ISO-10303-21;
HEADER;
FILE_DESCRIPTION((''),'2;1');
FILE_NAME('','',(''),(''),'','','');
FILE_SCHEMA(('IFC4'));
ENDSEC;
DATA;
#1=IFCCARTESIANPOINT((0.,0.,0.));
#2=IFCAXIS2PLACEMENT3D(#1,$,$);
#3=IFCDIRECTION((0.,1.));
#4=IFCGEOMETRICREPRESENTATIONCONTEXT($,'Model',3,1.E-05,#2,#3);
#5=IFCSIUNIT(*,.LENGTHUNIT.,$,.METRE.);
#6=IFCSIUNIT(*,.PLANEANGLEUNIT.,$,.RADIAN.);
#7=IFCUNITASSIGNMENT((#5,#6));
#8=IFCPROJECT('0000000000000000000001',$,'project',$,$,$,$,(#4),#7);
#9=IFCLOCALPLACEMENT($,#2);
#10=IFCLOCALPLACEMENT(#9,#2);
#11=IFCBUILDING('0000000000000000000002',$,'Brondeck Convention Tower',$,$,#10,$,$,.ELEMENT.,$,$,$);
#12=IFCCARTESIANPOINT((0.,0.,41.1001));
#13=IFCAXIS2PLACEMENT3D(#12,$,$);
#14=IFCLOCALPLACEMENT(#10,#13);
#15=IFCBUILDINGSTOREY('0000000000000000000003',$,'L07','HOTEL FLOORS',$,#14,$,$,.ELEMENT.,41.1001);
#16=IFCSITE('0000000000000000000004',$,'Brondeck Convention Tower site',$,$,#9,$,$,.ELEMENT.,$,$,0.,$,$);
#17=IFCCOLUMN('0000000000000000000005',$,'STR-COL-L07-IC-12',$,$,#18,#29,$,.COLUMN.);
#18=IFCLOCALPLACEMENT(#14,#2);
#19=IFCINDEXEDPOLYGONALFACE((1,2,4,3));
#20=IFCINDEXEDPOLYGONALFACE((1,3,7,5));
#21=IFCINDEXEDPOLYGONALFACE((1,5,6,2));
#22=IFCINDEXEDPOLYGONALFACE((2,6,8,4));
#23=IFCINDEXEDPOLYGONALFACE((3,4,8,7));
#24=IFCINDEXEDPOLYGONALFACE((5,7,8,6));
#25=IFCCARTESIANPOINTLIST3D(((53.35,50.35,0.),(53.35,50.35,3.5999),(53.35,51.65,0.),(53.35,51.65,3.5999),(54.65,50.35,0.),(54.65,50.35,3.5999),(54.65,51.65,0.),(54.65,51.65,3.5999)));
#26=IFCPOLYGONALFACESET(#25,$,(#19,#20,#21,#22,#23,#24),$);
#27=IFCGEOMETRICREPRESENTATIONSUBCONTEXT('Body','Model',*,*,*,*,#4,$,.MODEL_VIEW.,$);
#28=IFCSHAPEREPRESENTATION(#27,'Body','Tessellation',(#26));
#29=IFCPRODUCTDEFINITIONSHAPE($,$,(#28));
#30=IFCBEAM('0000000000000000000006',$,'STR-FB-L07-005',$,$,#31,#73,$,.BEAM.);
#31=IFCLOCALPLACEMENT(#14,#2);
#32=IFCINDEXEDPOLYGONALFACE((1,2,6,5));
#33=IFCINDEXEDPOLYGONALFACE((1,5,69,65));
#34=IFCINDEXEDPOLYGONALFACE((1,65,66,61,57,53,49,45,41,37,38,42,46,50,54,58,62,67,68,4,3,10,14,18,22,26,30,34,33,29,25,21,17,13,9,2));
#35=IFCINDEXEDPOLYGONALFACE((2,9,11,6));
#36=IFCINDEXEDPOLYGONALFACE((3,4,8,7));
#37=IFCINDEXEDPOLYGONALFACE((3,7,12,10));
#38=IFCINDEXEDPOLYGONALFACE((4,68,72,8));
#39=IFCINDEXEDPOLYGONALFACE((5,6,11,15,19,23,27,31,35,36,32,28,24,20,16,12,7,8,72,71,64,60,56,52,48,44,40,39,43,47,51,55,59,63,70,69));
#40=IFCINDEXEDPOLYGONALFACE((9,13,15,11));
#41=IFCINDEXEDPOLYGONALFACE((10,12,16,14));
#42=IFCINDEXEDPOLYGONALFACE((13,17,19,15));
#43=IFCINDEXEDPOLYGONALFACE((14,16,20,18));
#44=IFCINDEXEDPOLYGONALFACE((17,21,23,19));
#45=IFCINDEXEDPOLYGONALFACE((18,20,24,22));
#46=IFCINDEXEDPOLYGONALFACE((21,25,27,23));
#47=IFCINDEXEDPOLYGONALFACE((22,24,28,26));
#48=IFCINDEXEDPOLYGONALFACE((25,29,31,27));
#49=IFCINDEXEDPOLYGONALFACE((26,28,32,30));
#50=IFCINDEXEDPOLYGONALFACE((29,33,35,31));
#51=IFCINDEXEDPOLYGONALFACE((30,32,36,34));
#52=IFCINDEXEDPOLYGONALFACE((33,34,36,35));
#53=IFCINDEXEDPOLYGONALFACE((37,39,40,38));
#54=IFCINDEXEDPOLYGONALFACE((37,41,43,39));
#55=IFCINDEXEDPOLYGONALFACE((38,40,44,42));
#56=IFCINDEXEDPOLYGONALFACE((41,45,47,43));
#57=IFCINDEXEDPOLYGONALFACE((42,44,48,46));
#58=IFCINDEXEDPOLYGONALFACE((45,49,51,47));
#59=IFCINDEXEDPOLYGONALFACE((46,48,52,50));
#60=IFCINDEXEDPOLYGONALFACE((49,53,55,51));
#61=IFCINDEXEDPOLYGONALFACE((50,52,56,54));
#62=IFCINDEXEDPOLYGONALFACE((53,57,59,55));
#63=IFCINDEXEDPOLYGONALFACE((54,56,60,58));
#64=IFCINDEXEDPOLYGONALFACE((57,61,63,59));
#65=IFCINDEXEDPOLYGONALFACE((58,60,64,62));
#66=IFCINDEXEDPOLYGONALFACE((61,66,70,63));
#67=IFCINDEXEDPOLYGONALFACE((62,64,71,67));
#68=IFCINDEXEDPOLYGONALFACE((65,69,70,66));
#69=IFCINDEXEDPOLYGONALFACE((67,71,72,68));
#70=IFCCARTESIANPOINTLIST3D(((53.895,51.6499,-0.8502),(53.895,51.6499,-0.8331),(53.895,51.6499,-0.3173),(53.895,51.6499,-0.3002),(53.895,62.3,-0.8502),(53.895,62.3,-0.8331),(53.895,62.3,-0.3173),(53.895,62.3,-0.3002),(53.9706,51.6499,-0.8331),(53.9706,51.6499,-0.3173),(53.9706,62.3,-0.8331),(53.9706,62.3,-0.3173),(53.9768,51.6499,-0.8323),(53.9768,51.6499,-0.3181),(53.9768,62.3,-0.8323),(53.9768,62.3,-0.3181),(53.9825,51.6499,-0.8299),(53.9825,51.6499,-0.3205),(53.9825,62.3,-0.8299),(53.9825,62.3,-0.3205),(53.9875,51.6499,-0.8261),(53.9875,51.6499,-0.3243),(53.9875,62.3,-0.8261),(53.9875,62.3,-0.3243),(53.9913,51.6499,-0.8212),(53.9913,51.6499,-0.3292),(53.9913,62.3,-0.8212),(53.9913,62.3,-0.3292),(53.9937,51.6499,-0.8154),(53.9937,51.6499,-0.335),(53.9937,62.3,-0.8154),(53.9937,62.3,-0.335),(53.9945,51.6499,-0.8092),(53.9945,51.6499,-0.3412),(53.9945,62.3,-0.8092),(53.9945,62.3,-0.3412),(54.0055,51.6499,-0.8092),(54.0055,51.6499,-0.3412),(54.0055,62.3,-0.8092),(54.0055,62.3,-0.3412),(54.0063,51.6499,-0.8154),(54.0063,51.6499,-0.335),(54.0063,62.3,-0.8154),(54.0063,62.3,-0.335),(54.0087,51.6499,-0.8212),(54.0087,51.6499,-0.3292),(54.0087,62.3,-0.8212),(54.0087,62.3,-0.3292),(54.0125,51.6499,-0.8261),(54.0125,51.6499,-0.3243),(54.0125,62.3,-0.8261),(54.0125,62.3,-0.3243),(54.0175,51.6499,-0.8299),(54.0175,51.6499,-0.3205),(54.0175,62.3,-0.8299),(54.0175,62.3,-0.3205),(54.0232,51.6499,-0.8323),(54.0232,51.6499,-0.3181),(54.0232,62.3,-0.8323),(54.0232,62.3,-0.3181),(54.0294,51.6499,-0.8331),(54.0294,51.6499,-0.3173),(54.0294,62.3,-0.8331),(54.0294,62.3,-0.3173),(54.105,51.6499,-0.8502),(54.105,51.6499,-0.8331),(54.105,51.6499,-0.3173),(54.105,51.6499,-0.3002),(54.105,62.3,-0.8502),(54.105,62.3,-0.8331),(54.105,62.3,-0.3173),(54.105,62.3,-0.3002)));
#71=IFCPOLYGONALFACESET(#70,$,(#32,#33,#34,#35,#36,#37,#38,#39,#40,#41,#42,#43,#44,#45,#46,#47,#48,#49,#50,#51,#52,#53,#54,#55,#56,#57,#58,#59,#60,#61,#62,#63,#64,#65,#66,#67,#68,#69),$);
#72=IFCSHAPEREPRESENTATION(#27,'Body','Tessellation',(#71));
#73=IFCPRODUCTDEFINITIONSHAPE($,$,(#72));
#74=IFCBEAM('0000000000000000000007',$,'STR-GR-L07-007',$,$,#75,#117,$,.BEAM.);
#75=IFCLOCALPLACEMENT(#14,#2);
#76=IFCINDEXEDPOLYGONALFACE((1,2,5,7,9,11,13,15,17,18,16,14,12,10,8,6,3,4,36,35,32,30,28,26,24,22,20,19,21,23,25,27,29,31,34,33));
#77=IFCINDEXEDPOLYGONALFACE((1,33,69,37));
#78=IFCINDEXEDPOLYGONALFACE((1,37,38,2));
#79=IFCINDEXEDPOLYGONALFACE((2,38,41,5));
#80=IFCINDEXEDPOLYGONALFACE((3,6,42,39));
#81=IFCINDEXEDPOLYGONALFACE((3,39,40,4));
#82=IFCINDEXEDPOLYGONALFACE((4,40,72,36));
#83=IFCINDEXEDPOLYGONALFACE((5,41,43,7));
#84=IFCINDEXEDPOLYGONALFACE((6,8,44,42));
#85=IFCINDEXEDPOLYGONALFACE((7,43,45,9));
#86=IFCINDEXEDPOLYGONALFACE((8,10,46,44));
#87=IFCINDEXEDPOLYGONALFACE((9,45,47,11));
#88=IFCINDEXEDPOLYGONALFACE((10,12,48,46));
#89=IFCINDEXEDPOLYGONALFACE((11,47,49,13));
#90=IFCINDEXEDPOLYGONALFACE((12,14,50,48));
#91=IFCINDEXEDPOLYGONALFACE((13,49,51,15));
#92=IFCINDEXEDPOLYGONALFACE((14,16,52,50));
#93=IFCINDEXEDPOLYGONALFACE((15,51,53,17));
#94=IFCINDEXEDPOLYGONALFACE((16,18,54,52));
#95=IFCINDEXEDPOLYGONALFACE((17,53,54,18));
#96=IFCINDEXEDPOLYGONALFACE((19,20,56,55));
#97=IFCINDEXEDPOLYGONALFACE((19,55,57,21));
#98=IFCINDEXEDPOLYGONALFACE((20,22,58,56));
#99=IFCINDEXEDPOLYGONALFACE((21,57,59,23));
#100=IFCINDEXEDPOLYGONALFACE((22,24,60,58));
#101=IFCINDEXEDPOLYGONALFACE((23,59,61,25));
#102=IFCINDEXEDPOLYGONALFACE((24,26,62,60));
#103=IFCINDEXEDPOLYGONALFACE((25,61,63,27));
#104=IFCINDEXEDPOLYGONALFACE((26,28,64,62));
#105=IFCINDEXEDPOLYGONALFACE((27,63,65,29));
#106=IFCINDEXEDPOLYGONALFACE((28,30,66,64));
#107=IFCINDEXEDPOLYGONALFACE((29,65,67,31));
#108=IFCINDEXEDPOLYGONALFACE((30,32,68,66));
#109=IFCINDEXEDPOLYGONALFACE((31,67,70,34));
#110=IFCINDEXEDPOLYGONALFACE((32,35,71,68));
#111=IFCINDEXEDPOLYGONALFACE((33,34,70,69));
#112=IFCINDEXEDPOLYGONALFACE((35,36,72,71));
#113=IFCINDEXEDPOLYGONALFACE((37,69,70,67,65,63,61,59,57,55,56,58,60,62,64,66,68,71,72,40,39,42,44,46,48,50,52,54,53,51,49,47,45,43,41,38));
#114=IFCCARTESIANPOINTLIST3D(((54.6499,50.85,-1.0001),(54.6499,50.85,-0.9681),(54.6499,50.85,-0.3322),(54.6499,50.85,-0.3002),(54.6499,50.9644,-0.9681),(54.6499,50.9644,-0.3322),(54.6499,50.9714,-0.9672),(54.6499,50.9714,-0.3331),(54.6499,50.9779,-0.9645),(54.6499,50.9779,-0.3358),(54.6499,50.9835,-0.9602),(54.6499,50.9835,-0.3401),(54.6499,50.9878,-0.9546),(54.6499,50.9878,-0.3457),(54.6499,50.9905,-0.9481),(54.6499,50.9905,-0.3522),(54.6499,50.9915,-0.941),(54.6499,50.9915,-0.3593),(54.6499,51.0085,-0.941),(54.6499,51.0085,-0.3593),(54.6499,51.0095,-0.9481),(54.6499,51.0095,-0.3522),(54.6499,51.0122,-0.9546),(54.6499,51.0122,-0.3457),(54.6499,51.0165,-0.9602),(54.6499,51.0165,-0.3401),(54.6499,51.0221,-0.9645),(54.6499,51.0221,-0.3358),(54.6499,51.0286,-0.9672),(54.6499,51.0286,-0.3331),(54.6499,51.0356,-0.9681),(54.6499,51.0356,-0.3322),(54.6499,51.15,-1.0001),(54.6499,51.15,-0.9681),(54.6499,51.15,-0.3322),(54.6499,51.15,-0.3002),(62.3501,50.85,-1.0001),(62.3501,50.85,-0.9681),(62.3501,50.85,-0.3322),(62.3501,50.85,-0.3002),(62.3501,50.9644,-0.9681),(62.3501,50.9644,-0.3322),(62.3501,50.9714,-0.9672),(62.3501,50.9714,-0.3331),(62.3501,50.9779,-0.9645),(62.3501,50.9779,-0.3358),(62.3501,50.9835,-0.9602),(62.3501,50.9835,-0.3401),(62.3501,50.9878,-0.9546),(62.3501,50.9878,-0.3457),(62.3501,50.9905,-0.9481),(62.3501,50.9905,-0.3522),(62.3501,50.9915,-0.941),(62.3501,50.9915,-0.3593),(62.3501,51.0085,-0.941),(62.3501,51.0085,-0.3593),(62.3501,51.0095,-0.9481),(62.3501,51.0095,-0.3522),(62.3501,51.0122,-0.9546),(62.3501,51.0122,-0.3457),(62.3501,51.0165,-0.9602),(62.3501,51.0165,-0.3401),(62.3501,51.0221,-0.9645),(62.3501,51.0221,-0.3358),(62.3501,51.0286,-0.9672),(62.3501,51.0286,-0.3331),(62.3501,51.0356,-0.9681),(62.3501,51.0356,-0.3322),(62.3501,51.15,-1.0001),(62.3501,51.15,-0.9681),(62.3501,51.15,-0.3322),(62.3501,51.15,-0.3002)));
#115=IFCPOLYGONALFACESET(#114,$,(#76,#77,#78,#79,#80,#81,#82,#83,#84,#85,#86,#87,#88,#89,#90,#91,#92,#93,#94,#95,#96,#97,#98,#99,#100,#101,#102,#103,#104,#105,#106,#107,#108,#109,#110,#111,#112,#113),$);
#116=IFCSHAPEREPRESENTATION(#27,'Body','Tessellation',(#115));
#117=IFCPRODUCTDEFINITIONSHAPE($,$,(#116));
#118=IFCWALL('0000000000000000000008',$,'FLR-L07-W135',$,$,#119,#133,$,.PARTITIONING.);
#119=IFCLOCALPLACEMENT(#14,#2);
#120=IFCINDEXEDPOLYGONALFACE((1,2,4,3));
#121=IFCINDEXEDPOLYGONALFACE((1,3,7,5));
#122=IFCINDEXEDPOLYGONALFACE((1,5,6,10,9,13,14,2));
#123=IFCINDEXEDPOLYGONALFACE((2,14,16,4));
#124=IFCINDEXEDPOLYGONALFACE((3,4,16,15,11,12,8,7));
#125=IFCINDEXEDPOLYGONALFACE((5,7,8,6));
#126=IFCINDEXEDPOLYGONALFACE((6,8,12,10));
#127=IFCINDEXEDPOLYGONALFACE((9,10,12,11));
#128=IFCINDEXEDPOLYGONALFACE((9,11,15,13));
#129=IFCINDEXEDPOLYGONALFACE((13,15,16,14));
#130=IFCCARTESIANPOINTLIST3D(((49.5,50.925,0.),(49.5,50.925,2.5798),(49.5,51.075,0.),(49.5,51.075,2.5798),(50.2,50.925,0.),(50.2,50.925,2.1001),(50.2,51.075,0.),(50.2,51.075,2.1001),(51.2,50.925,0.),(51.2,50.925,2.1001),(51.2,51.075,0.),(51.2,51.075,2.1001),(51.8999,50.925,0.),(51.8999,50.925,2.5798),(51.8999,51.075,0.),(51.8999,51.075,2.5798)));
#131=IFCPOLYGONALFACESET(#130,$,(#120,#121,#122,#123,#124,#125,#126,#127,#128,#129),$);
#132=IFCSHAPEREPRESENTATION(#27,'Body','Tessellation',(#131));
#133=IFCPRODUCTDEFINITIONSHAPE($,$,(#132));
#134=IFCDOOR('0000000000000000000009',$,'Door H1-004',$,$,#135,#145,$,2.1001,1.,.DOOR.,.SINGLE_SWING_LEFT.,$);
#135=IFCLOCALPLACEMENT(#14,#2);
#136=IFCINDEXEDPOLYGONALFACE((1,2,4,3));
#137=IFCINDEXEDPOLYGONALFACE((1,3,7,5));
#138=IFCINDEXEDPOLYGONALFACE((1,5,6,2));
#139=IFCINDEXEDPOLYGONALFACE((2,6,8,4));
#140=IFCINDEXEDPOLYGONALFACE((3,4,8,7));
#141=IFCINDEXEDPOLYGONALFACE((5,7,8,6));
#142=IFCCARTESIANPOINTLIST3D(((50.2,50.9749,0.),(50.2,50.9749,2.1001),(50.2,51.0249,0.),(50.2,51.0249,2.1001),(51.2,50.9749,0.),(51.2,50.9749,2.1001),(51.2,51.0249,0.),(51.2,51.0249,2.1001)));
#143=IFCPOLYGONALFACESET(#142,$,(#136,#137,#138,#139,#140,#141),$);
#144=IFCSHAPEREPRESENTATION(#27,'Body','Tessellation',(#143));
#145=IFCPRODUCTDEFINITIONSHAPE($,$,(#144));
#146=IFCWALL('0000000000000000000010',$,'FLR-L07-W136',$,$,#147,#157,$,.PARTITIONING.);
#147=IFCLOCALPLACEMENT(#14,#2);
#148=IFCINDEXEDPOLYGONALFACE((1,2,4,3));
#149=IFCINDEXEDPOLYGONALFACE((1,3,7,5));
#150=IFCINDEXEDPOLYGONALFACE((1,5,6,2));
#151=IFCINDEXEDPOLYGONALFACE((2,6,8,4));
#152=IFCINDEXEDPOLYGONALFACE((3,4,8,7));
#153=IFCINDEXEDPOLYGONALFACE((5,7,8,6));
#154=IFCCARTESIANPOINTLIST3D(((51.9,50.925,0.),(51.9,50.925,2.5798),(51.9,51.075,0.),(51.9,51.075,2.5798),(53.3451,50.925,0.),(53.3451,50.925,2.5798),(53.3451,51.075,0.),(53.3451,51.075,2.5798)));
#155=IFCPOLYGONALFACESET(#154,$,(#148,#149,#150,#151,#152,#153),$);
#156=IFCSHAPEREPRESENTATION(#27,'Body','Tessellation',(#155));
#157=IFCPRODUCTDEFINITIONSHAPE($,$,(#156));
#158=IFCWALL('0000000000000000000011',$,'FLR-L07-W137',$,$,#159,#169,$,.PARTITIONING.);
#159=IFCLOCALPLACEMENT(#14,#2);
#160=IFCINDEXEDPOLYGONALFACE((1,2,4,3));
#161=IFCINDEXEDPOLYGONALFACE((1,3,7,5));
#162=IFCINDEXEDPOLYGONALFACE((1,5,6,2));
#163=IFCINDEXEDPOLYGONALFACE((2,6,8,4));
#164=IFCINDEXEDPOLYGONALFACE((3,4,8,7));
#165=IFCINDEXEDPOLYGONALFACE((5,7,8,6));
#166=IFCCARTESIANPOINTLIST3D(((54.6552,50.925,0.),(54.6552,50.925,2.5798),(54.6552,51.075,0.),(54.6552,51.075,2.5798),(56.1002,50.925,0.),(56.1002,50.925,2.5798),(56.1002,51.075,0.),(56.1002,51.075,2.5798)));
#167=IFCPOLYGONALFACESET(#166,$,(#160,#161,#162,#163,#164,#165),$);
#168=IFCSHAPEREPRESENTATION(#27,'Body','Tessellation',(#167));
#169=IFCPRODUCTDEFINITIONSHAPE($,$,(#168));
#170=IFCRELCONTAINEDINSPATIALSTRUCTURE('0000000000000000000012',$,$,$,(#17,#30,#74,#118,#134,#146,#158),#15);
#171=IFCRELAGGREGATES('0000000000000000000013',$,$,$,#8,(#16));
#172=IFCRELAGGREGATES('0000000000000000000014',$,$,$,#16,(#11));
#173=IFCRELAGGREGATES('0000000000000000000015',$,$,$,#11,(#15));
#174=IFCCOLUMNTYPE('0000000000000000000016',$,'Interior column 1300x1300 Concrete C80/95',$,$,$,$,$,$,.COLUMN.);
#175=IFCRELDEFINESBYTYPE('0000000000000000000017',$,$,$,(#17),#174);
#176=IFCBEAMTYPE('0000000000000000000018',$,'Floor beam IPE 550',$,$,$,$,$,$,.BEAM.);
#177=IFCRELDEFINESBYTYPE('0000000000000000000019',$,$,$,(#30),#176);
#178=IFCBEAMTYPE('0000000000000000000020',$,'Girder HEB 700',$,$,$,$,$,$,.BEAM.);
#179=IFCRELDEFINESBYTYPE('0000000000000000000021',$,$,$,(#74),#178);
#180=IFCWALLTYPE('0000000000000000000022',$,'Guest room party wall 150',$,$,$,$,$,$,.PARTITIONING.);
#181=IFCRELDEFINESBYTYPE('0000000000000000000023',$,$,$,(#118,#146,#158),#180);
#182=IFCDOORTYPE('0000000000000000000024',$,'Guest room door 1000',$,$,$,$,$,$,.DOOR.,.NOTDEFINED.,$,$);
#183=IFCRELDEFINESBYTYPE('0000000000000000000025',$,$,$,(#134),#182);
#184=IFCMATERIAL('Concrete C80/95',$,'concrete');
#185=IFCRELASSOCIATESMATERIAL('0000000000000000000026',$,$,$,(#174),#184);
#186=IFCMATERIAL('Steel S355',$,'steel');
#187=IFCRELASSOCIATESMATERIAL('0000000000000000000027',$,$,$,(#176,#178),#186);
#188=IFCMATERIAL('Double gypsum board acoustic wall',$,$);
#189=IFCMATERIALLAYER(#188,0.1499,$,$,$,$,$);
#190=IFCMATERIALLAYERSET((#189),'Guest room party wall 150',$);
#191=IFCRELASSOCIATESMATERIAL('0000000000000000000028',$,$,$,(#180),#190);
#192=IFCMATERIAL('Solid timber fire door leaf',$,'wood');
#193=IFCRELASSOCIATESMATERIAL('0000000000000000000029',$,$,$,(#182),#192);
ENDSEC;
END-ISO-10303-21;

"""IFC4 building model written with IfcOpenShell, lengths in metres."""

from ifc_helpers import new_model, si_unit, direction, frame, frame_2d, origin, origin_2d, place, context, subcontext, project, spatial, rectangle, i_section, extrude, material, layer, layer_set, material_profile, profile_set, type_object, element, fill, save


model = new_model("IFC4")

# Units and contexts
model_context = context("Model", 3, precision=1e-05, world=origin(), true_north=direction((0.0, 1.0)))
body_context = subcontext(model_context, "Body", "Model", "MODEL_VIEW")
ifc_project = project(units=[si_unit("LENGTHUNIT", "METRE"), si_unit("PLANEANGLEUNIT", "RADIAN")], contexts=[model_context])

# Site, building, storey
site_placement = place(None, origin())
site = spatial("IfcSite", under=ifc_project, at=site_placement, Name="Brondeck Convention Tower site", CompositionType="ELEMENT", RefElevation=0.0)
building_placement = place(site_placement, origin())
building = spatial("IfcBuilding", under=site, at=building_placement, Name="Brondeck Convention Tower", CompositionType="ELEMENT")
storey_placement = place(building_placement, frame((0.0, 0.0, 41.1001)))
storey = spatial("IfcBuildingStorey", under=building, at=storey_placement, Name="L07", Description="HOTEL FLOORS", CompositionType="ELEMENT", Elevation=41.1001)

# Column
ifc_material_1 = material(Name="Concrete C80/95", Category="concrete")
ifc_material_profile_1 = material_profile(ifc_material_1, rectangle(XDim=1.3, YDim=1.3, at=origin_2d()), Name="Interior column 1300x1300 Concrete C80/95")
ifc_profile_set_1 = profile_set([ifc_material_profile_1], Name="Concrete C80/95")
column_type = type_object("IfcColumnType", Name="Interior column 1300x1300 Concrete C80/95", PredefinedType="COLUMN", material=ifc_profile_set_1)
column_placement = place(storey_placement, frame((54.0, 51.0, 0.0), z_axis=(0.0, 0.0, 1.0), x_axis=(1.0, 0.0, 0.0)))
element("IfcColumn", 1, at=column_placement, inside=storey, type_object=column_type, Name="STR-COL-L07-IC-12", PredefinedType="COLUMN", context=body_context, shape_type="SweptSolid", body=[
    extrude(rectangle(XDim=1.3, YDim=1.3, at=origin_2d()), origin(), (0.0, 0.0, 1.0), 3.5999),
])

# Beams
ifc_material_2 = material(Name="Steel S355", Category="steel")
ifc_material_profile_2 = material_profile(ifc_material_2, i_section(OverallWidth=0.21, OverallDepth=0.55, WebThickness=0.011, FlangeThickness=0.0171, FilletRadius=0.0239, at=origin_2d()), Name="IPE 550")
ifc_profile_set_2 = profile_set([ifc_material_profile_2], Name="Steel S355")
beam_type_1 = type_object("IfcBeamType", Name="Floor beam IPE 550", PredefinedType="BEAM", material=ifc_profile_set_2)
beam_1_placement = place(storey_placement, frame((54.0, 51.6499, -0.5752), z_axis=(0.0, 1.0, 0.0), x_axis=(-1.0, 0.0, 0.0)))
element("IfcBeam", 2, at=beam_1_placement, inside=storey, type_object=beam_type_1, Name="STR-FB-L07-005", PredefinedType="BEAM", context=body_context, shape_type="SweptSolid", body=[
    extrude(i_section(OverallWidth=0.21, OverallDepth=0.55, WebThickness=0.011, FlangeThickness=0.0171, FilletRadius=0.0239, at=origin_2d()), origin(), (0.0, 0.0, 1.0), 10.6501),
])
ifc_material_profile_3 = material_profile(ifc_material_2, i_section(OverallWidth=0.3, OverallDepth=0.7, WebThickness=0.0171, FlangeThickness=0.032, FilletRadius=0.0271, at=origin_2d()), Name="HEB 700")
ifc_profile_set_3 = profile_set([ifc_material_profile_3], Name="Steel S355")
beam_type_2 = type_object("IfcBeamType", Name="Girder HEB 700", PredefinedType="BEAM", material=ifc_profile_set_3)
beam_2_placement = place(storey_placement, frame((54.6499, 51.0, -0.6501), z_axis=(1.0, 0.0, 0.0), x_axis=(0.0, 1.0, 0.0)))
element("IfcBeam", 3, at=beam_2_placement, inside=storey, type_object=beam_type_2, Name="STR-GR-L07-007", PredefinedType="BEAM", context=body_context, shape_type="SweptSolid", body=[
    extrude(i_section(OverallWidth=0.3, OverallDepth=0.7, WebThickness=0.0171, FlangeThickness=0.032, FilletRadius=0.0271, at=origin_2d()), origin(), (0.0, 0.0, 1.0), 7.7002),
])

# Wall, opening, door
ifc_material_3 = material(Name="Double gypsum board acoustic wall")
ifc_layer_1 = layer(ifc_material_3, 0.1499)
ifc_layer_set_1 = layer_set([ifc_layer_1], Name="Guest room party wall 150")
wall_type_1 = type_object("IfcWallType", Name="Guest room party wall 150", PredefinedType="PARTITIONING", material=ifc_layer_set_1)
wall_1_placement = place(storey_placement, frame((49.5, 51.0, 0.0), z_axis=(0.0, 0.0, 1.0), x_axis=(1.0, 0.0, 0.0)))
wall_1 = element("IfcWall", 4, at=wall_1_placement, inside=storey, type_object=wall_type_1, Name="FLR-L07-W135", PredefinedType="PARTITIONING", context=body_context, shape_type="SweptSolid", body=[
    extrude(rectangle(XDim=2.3999, YDim=0.1499, at=frame_2d((1.2, 0.0))), origin(), (0.0, 0.0, 1.0), 2.5798),
])
opening_1_placement = place(wall_1_placement, frame((0.7, 0.0, 0.0)))
opening_1 = element("IfcOpeningElement", 5, at=opening_1_placement, cuts=wall_1, PredefinedType="OPENING", context=body_context, shape_type="SweptSolid", body=[
    extrude(rectangle(XDim=1.0, YDim=2.1001, at=frame_2d((0.5, 1.05))), frame((0.0, 0.085, 0.0), z_axis=(0.0, -1.0, 0.0), x_axis=(1.0, 0.0, 0.0)), (0.0, 0.0, 1.0), 0.1699),
])
ifc_material_4 = material(Name="Solid timber fire door leaf", Category="wood")
door_type_1 = type_object("IfcDoorType", Name="Guest room door 1000", OperationType="NOTDEFINED", PredefinedType="DOOR", material=ifc_material_4)
door_1_placement = place(opening_1_placement, origin())
door_1 = element("IfcDoor", 6, at=door_1_placement, inside=storey, type_object=door_type_1, Name="Door H1-004", OperationType="SINGLE_SWING_LEFT", OverallHeight=2.1001, OverallWidth=1.0, PredefinedType="DOOR", context=body_context, shape_type="SweptSolid", body=[
    extrude(rectangle(XDim=1.0, YDim=2.1001, at=frame_2d((0.5, 1.05))), frame((0.0, 0.0249, 0.0), z_axis=(0.0, -1.0, 0.0), x_axis=(1.0, 0.0, 0.0)), (0.0, 0.0, 1.0), 0.05),
])
fill(opening_1, door_1)

# Walls
for number, where, z_axis, x_axis, name in (
    (7, (51.8999, 51.0, 0.0), (0.0, 0.0, 1.0), (1.0, 0.0, 0.0), "FLR-L07-W136"),
    (8, (54.655, 51.0, 0.0), (0.0, 0.0, 1.0), (1.0, 0.0, 0.0), "FLR-L07-W137"),
):
    element("IfcWall", number, at=place(storey_placement, frame(where, z_axis=z_axis, x_axis=x_axis)), inside=storey, type_object=wall_type_1, Name=name, PredefinedType="PARTITIONING", context=body_context, shape_type="SweptSolid", body=[
        extrude(rectangle(XDim=1.4451, YDim=0.1499, at=frame_2d((0.7227, 0.0))), origin(), (0.0, 0.0, 1.0), 2.5798),
    ])

save(model, "model.ifc")
